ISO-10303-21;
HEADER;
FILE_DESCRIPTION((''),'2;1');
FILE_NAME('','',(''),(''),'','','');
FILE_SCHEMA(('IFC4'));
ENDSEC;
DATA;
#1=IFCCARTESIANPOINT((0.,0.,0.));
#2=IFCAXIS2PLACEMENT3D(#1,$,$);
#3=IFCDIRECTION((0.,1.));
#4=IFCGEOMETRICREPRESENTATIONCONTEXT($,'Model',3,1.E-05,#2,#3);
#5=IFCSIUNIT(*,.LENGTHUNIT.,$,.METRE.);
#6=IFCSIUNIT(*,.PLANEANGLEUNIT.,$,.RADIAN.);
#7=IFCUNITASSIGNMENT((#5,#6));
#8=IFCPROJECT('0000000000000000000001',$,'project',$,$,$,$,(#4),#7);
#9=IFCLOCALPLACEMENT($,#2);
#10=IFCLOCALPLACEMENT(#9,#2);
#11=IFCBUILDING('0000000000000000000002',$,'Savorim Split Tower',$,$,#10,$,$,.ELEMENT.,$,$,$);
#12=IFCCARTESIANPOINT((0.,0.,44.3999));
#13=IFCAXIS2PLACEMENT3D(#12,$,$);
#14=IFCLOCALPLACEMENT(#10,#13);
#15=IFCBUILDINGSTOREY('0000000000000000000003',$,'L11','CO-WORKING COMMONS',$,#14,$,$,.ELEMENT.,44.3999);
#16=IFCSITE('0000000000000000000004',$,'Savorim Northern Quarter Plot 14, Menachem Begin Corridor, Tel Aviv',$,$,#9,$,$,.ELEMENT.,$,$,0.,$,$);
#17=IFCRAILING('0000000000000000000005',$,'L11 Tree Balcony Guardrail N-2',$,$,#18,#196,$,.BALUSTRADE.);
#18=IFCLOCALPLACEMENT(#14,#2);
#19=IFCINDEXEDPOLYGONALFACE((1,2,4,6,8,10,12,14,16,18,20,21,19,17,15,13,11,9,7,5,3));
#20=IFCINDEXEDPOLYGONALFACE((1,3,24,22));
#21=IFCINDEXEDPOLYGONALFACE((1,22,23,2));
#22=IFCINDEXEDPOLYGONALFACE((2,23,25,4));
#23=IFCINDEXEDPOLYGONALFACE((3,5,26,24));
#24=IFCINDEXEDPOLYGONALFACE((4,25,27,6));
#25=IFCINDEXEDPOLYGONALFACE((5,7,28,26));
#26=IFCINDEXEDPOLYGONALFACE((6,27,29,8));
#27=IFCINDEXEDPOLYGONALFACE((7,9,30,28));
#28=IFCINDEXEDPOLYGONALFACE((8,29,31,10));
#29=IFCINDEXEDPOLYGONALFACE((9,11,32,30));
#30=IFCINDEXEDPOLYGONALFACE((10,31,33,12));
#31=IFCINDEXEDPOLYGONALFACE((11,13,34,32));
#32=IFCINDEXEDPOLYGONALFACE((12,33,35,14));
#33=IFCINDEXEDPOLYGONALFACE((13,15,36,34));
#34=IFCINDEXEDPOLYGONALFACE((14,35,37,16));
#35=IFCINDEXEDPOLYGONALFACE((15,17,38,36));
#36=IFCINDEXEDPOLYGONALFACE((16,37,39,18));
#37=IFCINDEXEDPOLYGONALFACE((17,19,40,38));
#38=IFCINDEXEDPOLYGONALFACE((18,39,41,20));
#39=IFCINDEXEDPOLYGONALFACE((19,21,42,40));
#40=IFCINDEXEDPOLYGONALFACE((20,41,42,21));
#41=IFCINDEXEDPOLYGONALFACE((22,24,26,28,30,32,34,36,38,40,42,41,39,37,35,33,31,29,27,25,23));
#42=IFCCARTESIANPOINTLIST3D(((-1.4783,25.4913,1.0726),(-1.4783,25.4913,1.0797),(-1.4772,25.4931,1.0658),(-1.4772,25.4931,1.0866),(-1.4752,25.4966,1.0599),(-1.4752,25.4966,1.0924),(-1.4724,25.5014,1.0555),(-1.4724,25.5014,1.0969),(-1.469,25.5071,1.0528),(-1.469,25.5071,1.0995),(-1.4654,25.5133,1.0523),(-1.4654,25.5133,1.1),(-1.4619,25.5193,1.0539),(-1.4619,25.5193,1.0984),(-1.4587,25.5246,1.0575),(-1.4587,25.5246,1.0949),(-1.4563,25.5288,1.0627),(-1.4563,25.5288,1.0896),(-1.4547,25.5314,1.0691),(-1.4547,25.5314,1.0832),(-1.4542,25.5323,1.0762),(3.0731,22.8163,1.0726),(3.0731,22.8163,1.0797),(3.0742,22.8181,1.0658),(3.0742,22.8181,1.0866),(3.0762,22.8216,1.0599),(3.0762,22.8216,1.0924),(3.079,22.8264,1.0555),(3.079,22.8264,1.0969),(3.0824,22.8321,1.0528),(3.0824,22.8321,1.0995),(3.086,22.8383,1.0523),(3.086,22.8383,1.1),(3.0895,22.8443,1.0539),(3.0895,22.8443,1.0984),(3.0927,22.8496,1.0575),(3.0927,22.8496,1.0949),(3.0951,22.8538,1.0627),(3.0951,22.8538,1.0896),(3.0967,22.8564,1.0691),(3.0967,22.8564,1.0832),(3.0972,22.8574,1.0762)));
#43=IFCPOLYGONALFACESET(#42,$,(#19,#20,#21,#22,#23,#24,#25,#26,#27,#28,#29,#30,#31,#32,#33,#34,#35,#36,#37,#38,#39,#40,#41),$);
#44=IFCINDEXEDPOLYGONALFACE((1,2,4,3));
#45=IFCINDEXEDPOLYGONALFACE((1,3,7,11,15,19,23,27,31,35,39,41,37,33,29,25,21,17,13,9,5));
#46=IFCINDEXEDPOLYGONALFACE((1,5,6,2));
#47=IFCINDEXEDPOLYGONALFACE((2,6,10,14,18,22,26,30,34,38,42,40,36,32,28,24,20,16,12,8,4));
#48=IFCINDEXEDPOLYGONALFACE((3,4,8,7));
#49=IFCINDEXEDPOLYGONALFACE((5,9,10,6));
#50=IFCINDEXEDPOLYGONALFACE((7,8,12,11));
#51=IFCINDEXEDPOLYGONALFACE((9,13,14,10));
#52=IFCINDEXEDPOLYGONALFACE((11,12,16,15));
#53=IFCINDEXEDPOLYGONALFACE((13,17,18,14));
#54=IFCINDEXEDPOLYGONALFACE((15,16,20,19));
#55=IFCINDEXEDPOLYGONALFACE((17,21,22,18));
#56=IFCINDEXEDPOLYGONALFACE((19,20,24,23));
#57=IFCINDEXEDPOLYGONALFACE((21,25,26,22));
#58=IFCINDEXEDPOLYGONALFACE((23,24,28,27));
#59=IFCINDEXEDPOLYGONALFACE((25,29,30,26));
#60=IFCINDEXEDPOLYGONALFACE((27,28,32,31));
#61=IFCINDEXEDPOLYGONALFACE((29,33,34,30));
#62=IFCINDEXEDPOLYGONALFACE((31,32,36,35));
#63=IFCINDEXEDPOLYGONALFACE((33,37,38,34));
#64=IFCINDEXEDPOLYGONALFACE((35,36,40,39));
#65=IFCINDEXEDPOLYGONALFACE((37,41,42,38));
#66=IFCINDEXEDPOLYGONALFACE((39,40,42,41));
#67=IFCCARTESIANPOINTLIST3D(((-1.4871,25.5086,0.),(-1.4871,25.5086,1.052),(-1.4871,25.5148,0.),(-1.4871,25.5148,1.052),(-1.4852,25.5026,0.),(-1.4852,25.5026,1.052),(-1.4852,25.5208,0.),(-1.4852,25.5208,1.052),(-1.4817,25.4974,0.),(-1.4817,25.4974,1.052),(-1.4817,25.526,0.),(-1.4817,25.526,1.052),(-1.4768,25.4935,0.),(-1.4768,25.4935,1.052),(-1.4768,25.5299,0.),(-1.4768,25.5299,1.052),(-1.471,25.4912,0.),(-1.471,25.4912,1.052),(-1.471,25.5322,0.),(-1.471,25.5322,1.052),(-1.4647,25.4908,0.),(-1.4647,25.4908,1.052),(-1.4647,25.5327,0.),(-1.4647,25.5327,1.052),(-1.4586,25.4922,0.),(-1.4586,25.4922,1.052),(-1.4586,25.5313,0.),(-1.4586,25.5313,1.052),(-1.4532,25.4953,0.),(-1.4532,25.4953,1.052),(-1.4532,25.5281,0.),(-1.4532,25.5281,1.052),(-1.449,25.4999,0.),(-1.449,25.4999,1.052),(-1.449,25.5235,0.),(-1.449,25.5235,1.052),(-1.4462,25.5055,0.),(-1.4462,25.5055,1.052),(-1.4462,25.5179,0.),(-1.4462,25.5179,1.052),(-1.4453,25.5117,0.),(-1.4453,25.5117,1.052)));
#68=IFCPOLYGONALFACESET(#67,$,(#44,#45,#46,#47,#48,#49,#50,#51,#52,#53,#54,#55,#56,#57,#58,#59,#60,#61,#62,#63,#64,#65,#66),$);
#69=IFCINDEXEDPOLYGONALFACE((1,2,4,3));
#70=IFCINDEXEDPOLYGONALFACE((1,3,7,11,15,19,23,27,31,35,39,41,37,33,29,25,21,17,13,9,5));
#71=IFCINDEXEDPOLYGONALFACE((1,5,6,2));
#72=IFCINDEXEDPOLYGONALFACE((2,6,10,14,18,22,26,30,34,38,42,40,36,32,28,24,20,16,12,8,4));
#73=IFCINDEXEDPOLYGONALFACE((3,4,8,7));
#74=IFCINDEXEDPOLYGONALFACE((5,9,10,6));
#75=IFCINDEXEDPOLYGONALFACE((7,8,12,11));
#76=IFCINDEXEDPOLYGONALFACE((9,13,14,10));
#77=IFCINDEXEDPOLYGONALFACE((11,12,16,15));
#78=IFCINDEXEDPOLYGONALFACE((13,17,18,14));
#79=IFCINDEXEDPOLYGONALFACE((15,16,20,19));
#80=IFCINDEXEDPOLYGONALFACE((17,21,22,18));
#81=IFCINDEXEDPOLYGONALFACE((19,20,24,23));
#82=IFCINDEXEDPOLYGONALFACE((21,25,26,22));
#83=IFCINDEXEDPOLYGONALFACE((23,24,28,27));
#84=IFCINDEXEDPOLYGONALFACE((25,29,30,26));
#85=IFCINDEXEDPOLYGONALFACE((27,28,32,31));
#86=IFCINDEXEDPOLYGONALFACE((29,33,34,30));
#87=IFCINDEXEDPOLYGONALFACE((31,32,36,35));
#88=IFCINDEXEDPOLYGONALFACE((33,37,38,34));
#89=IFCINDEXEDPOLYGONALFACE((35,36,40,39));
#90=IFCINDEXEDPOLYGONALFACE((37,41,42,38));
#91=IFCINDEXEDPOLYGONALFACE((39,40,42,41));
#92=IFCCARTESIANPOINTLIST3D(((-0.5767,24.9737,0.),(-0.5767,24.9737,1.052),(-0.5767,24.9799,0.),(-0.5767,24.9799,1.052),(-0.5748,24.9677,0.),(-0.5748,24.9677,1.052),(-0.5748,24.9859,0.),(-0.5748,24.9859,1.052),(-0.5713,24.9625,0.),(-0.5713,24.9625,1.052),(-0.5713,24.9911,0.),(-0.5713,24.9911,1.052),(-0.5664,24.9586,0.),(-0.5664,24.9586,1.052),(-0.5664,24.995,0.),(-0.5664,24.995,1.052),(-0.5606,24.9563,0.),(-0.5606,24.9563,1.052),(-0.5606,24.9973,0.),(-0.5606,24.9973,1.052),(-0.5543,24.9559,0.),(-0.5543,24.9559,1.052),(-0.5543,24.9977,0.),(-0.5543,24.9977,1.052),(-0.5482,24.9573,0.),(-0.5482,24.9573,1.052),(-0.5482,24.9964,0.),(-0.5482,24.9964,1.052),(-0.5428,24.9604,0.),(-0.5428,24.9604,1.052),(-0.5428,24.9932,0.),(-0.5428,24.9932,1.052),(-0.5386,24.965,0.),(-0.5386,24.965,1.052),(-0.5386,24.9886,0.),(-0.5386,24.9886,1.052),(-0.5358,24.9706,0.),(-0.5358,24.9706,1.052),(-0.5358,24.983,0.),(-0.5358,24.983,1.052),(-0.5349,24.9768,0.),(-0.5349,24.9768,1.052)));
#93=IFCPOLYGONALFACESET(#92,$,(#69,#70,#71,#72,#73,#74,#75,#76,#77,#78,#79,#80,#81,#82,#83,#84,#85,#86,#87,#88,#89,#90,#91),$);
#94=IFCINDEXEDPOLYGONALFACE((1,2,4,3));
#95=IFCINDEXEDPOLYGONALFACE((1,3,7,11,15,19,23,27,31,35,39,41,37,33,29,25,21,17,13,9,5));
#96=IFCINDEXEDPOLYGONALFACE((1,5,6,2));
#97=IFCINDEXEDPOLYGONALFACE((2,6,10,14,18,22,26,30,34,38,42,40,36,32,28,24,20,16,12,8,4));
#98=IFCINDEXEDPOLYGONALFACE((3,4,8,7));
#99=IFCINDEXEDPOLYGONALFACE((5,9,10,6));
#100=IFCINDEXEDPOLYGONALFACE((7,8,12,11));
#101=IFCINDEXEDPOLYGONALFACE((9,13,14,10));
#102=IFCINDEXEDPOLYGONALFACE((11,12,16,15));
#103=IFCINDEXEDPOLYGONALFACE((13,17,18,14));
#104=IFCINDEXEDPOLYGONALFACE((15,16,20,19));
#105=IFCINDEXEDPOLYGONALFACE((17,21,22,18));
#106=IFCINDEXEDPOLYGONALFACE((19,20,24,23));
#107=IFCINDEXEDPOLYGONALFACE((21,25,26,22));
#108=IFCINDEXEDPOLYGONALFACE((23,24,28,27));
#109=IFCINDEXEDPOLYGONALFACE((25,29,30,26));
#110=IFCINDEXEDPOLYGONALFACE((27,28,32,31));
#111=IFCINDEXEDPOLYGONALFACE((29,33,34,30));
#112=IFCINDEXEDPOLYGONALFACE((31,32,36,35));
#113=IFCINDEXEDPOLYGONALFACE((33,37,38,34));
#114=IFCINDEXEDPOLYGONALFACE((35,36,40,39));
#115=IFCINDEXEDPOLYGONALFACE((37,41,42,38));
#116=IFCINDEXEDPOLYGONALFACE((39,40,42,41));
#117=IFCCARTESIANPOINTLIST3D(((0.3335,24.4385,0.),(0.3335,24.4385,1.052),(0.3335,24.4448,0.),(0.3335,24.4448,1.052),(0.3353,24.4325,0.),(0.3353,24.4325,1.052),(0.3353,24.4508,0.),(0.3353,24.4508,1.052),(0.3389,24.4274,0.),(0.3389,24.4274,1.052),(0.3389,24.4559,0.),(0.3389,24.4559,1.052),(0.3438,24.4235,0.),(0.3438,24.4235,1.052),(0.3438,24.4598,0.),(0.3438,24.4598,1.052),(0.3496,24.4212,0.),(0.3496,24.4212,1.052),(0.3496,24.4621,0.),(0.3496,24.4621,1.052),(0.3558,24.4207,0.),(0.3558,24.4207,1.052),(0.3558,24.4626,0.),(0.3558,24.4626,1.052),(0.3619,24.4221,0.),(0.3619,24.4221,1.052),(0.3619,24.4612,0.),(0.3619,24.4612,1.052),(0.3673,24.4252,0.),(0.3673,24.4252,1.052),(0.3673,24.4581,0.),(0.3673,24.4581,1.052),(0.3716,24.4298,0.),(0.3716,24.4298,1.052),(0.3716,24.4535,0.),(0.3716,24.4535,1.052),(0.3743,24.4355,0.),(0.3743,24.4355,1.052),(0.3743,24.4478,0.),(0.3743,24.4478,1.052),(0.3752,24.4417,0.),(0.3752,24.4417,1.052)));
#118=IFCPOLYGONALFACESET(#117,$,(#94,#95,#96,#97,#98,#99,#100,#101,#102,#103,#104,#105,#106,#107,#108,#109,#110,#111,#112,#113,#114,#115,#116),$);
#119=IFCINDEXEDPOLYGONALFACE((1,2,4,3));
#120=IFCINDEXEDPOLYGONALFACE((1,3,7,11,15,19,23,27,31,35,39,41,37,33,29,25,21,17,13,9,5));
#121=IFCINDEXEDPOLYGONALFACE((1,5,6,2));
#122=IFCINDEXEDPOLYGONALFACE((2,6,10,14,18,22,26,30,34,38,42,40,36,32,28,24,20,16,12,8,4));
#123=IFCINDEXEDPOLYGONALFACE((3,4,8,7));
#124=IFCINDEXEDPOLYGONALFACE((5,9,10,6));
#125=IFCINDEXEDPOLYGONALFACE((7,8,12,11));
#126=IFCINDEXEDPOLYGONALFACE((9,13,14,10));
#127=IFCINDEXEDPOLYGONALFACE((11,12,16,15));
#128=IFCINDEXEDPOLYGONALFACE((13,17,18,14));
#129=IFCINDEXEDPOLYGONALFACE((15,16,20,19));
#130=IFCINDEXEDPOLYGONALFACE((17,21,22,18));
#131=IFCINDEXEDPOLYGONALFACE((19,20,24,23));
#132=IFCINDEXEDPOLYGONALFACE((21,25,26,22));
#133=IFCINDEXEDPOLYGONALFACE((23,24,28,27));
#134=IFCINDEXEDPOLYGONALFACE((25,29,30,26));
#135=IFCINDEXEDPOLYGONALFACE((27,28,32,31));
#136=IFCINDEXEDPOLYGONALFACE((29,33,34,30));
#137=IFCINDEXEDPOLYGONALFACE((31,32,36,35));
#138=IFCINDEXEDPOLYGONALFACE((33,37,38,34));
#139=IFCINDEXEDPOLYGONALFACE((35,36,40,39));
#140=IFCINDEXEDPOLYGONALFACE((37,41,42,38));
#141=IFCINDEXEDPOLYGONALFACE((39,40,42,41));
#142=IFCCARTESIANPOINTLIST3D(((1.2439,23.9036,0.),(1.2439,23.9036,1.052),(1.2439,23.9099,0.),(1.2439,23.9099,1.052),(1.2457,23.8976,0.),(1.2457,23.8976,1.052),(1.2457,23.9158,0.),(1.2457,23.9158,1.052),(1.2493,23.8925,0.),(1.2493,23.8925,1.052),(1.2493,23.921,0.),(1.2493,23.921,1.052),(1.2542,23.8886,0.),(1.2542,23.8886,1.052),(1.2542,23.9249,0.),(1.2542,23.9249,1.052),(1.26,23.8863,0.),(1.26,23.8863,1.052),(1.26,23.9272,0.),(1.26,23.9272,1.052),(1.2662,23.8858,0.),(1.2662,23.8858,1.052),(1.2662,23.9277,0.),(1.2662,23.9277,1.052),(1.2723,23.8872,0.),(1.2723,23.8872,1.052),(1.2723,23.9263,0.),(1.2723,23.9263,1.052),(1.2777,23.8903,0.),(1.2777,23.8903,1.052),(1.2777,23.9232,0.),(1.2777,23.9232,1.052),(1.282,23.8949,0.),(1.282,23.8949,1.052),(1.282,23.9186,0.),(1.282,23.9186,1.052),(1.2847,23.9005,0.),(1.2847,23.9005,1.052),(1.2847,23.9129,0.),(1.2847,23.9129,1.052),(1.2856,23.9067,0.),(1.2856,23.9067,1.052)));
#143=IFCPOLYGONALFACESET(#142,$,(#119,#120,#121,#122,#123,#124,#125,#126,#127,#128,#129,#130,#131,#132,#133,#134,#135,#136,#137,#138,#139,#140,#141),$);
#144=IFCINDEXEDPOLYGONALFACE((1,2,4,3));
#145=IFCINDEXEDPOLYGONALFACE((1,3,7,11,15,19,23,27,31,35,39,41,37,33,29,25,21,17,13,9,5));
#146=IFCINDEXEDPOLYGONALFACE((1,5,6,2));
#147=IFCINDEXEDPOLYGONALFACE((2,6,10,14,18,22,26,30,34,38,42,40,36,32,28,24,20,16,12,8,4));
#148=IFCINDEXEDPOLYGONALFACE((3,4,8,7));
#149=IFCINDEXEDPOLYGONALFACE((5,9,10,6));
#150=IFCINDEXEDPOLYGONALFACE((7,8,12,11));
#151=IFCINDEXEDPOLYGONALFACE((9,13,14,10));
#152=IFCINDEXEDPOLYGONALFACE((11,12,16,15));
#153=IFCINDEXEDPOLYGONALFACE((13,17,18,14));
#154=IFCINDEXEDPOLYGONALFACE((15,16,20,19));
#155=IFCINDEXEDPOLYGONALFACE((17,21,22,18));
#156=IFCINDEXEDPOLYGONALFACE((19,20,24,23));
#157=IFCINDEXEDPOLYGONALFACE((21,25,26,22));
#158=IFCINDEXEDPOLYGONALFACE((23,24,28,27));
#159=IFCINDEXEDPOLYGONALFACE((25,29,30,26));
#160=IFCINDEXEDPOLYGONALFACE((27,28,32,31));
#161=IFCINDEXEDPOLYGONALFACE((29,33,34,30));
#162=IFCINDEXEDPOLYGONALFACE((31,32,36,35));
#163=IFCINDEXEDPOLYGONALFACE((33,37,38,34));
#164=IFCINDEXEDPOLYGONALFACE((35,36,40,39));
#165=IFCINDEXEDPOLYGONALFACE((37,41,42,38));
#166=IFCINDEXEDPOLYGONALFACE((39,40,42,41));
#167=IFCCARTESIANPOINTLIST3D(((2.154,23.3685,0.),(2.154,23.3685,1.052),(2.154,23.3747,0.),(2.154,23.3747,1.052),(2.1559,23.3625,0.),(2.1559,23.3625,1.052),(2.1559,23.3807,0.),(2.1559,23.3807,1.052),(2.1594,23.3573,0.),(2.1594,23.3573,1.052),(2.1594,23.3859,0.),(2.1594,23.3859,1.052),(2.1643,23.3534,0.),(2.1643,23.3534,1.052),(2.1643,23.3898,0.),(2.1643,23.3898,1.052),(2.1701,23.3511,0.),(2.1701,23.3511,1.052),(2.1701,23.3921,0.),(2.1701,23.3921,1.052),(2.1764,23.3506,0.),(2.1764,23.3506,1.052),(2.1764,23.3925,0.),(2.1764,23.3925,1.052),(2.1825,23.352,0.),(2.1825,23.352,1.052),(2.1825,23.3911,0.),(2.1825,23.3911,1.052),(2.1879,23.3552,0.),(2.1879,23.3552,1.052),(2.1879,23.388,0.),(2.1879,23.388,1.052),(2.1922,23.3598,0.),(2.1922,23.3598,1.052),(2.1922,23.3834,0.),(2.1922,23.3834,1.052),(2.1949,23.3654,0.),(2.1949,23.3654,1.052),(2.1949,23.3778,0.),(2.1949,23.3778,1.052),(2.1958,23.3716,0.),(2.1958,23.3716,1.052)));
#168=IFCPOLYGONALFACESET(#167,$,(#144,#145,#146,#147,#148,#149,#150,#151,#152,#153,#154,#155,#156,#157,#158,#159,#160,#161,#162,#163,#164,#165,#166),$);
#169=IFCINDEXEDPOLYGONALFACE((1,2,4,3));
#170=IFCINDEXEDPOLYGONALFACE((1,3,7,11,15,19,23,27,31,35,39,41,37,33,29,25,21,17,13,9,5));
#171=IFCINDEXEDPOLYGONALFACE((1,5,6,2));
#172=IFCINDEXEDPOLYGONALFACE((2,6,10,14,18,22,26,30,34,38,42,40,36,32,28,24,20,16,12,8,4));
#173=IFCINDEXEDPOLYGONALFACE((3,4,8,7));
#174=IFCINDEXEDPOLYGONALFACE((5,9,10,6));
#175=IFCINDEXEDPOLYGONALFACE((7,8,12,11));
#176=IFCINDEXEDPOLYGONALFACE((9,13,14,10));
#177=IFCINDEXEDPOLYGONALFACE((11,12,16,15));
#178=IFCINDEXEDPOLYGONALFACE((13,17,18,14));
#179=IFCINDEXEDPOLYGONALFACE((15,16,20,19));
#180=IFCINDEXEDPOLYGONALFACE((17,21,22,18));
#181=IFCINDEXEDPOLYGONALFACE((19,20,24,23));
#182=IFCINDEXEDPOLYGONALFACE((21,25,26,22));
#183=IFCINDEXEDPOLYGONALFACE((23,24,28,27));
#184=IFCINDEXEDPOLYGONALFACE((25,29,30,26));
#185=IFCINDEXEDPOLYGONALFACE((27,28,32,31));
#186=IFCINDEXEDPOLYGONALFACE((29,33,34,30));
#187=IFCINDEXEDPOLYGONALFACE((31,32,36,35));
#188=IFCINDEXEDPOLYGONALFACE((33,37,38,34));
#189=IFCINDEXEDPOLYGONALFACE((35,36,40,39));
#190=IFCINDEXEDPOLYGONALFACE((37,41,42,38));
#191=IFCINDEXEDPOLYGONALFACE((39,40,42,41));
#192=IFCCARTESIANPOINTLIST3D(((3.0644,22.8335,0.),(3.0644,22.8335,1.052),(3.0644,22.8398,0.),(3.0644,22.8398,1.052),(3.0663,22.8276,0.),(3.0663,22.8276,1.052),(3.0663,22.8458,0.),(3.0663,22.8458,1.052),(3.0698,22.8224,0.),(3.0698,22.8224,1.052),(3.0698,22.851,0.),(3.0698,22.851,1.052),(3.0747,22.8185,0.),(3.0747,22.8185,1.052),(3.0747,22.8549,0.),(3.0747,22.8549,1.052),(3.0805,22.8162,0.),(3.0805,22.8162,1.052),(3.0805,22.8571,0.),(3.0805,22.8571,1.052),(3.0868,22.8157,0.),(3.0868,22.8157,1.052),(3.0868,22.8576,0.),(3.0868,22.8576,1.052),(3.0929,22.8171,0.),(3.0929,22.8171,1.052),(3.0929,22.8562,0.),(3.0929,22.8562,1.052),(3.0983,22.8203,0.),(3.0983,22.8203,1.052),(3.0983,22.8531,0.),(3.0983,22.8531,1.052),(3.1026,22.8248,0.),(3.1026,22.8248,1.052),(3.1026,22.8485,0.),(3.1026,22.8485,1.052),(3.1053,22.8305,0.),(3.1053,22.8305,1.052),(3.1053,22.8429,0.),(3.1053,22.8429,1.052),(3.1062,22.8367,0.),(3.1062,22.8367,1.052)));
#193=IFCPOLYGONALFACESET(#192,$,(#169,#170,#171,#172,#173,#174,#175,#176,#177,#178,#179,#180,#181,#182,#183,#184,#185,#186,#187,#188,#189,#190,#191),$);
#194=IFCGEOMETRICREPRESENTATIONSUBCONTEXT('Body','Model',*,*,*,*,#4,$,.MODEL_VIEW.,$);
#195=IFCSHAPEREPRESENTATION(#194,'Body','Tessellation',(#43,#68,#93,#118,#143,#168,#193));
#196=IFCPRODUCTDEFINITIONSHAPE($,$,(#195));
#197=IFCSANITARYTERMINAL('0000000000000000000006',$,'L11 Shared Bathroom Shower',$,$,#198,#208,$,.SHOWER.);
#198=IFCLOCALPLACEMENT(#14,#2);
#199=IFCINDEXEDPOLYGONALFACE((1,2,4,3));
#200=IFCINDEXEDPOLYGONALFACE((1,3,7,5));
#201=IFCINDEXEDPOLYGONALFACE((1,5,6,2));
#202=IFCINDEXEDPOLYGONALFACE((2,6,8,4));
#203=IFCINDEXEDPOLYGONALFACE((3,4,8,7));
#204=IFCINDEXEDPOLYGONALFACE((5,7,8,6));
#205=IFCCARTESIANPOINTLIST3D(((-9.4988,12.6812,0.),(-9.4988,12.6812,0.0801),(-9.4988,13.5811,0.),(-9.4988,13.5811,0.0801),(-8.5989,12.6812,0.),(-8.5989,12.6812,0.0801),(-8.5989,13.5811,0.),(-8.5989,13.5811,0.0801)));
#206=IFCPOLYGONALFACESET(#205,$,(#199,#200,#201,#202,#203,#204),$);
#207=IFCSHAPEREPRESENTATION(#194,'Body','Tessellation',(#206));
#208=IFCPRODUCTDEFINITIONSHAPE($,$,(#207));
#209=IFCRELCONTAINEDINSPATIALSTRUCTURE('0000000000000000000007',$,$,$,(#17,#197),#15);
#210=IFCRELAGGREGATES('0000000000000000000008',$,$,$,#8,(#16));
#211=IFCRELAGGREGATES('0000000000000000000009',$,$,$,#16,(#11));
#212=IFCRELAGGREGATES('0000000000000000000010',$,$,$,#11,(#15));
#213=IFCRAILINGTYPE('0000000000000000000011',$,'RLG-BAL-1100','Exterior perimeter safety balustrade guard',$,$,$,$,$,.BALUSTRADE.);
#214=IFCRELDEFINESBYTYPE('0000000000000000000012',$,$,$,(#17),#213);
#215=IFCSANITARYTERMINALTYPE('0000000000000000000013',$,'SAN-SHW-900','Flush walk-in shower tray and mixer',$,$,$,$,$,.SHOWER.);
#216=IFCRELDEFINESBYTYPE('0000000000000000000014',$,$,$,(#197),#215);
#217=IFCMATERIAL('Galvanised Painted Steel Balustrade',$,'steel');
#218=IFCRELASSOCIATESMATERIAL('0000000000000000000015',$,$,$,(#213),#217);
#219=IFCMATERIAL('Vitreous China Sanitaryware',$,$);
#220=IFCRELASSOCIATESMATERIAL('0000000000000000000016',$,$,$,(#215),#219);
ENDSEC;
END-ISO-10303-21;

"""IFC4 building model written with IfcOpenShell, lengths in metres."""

from ifc_helpers import new_model, si_unit, direction, frame, origin, origin_2d, place, context, subcontext, project, spatial, rectangle, circle, extrude, material, type_object, element, save


model = new_model("IFC4")

# Units and contexts
model_context = context("Model", 3, precision=1e-05, world=origin(), true_north=direction((0.0, 1.0)))
body_context = subcontext(model_context, "Body", "Model", "MODEL_VIEW")
ifc_project = project(units=[si_unit("LENGTHUNIT", "METRE"), si_unit("PLANEANGLEUNIT", "RADIAN")], contexts=[model_context])

# Site, building, storey
site_placement = place(None, origin())
site = spatial("IfcSite", under=ifc_project, at=site_placement, Name="Savorim Northern Quarter Plot 14, Menachem Begin Corridor, Tel Aviv", CompositionType="ELEMENT", RefElevation=0.0)
building_placement = place(site_placement, origin())
building = spatial("IfcBuilding", under=site, at=building_placement, Name="Savorim Split Tower", CompositionType="ELEMENT")
storey_placement = place(building_placement, frame((0.0, 0.0, 44.3999)))
storey = spatial("IfcBuildingStorey", under=building, at=storey_placement, Name="L11", Description="CO-WORKING COMMONS", CompositionType="ELEMENT", Elevation=44.3999)

# Railing
ifc_material_1 = material(Name="Galvanised Painted Steel Balustrade", Category="steel")
railing_type = type_object("IfcRailingType", Name="RLG-BAL-1100", Description="Exterior perimeter safety balustrade guard", PredefinedType="BALUSTRADE", material=ifc_material_1)
railing_1_placement = place(storey_placement, frame((-1.4663, 25.5117, 0.0)))
element("IfcRailing", 1, at=railing_1_placement, inside=storey, type_object=railing_type, Name="L11 Tree Balcony Guardrail N-2", PredefinedType="BALUSTRADE", context=body_context, shape_type="SweptSolid", body=[
    extrude(circle(Radius=0.0239, at=origin_2d()), frame((0.0, 0.0, 1.0762), z_axis=(0.862126, -0.506695, 0.0), x_axis=(0.506695, 0.862126, 0.0)), (0.0, 0.0, 1.0), 5.2793),
    extrude(circle(Radius=0.021, at=origin_2d()), origin(), (0.0, 0.0, 1.0), 1.052),
    extrude(circle(Radius=0.021, at=origin_2d()), frame((0.9104, -0.5349, 0.0)), (0.0, 0.0, 1.0), 1.052),
    extrude(circle(Radius=0.021, at=origin_2d()), frame((1.8206, -1.0701, 0.0)), (0.0, 0.0, 1.0), 1.052),
    extrude(circle(Radius=0.021, at=origin_2d()), frame((2.731, -1.605, 0.0)), (0.0, 0.0, 1.0), 1.052),
    extrude(circle(Radius=0.021, at=origin_2d()), frame((3.6411, -2.1401, 0.0)), (0.0, 0.0, 1.0), 1.052),
    extrude(circle(Radius=0.021, at=origin_2d()), frame((4.5515, -2.675, 0.0)), (0.0, 0.0, 1.0), 1.052),
])

# Sanitary terminal
ifc_material_2 = material(Name="Vitreous China Sanitaryware")
sanitary_terminal_type_1 = type_object("IfcSanitaryTerminalType", Name="SAN-SHW-900", Description="Flush walk-in shower tray and mixer", PredefinedType="SHOWER", material=ifc_material_2)
sanitary_terminal_1_placement = place(storey_placement, frame((-9.0488, 13.1311, 0.0), z_axis=(0.0, 0.0, 1.0), x_axis=(1.0, 0.0, 0.0)))
element("IfcSanitaryTerminal", 2, at=sanitary_terminal_1_placement, inside=storey, type_object=sanitary_terminal_type_1, Name="L11 Shared Bathroom Shower", PredefinedType="SHOWER", context=body_context, shape_type="SweptSolid", body=[
    extrude(rectangle(XDim=0.8999, YDim=0.8999, at=origin_2d()), origin(), (0.0, 0.0, 1.0), 0.0801),
])

save(model, "model.ifc")
